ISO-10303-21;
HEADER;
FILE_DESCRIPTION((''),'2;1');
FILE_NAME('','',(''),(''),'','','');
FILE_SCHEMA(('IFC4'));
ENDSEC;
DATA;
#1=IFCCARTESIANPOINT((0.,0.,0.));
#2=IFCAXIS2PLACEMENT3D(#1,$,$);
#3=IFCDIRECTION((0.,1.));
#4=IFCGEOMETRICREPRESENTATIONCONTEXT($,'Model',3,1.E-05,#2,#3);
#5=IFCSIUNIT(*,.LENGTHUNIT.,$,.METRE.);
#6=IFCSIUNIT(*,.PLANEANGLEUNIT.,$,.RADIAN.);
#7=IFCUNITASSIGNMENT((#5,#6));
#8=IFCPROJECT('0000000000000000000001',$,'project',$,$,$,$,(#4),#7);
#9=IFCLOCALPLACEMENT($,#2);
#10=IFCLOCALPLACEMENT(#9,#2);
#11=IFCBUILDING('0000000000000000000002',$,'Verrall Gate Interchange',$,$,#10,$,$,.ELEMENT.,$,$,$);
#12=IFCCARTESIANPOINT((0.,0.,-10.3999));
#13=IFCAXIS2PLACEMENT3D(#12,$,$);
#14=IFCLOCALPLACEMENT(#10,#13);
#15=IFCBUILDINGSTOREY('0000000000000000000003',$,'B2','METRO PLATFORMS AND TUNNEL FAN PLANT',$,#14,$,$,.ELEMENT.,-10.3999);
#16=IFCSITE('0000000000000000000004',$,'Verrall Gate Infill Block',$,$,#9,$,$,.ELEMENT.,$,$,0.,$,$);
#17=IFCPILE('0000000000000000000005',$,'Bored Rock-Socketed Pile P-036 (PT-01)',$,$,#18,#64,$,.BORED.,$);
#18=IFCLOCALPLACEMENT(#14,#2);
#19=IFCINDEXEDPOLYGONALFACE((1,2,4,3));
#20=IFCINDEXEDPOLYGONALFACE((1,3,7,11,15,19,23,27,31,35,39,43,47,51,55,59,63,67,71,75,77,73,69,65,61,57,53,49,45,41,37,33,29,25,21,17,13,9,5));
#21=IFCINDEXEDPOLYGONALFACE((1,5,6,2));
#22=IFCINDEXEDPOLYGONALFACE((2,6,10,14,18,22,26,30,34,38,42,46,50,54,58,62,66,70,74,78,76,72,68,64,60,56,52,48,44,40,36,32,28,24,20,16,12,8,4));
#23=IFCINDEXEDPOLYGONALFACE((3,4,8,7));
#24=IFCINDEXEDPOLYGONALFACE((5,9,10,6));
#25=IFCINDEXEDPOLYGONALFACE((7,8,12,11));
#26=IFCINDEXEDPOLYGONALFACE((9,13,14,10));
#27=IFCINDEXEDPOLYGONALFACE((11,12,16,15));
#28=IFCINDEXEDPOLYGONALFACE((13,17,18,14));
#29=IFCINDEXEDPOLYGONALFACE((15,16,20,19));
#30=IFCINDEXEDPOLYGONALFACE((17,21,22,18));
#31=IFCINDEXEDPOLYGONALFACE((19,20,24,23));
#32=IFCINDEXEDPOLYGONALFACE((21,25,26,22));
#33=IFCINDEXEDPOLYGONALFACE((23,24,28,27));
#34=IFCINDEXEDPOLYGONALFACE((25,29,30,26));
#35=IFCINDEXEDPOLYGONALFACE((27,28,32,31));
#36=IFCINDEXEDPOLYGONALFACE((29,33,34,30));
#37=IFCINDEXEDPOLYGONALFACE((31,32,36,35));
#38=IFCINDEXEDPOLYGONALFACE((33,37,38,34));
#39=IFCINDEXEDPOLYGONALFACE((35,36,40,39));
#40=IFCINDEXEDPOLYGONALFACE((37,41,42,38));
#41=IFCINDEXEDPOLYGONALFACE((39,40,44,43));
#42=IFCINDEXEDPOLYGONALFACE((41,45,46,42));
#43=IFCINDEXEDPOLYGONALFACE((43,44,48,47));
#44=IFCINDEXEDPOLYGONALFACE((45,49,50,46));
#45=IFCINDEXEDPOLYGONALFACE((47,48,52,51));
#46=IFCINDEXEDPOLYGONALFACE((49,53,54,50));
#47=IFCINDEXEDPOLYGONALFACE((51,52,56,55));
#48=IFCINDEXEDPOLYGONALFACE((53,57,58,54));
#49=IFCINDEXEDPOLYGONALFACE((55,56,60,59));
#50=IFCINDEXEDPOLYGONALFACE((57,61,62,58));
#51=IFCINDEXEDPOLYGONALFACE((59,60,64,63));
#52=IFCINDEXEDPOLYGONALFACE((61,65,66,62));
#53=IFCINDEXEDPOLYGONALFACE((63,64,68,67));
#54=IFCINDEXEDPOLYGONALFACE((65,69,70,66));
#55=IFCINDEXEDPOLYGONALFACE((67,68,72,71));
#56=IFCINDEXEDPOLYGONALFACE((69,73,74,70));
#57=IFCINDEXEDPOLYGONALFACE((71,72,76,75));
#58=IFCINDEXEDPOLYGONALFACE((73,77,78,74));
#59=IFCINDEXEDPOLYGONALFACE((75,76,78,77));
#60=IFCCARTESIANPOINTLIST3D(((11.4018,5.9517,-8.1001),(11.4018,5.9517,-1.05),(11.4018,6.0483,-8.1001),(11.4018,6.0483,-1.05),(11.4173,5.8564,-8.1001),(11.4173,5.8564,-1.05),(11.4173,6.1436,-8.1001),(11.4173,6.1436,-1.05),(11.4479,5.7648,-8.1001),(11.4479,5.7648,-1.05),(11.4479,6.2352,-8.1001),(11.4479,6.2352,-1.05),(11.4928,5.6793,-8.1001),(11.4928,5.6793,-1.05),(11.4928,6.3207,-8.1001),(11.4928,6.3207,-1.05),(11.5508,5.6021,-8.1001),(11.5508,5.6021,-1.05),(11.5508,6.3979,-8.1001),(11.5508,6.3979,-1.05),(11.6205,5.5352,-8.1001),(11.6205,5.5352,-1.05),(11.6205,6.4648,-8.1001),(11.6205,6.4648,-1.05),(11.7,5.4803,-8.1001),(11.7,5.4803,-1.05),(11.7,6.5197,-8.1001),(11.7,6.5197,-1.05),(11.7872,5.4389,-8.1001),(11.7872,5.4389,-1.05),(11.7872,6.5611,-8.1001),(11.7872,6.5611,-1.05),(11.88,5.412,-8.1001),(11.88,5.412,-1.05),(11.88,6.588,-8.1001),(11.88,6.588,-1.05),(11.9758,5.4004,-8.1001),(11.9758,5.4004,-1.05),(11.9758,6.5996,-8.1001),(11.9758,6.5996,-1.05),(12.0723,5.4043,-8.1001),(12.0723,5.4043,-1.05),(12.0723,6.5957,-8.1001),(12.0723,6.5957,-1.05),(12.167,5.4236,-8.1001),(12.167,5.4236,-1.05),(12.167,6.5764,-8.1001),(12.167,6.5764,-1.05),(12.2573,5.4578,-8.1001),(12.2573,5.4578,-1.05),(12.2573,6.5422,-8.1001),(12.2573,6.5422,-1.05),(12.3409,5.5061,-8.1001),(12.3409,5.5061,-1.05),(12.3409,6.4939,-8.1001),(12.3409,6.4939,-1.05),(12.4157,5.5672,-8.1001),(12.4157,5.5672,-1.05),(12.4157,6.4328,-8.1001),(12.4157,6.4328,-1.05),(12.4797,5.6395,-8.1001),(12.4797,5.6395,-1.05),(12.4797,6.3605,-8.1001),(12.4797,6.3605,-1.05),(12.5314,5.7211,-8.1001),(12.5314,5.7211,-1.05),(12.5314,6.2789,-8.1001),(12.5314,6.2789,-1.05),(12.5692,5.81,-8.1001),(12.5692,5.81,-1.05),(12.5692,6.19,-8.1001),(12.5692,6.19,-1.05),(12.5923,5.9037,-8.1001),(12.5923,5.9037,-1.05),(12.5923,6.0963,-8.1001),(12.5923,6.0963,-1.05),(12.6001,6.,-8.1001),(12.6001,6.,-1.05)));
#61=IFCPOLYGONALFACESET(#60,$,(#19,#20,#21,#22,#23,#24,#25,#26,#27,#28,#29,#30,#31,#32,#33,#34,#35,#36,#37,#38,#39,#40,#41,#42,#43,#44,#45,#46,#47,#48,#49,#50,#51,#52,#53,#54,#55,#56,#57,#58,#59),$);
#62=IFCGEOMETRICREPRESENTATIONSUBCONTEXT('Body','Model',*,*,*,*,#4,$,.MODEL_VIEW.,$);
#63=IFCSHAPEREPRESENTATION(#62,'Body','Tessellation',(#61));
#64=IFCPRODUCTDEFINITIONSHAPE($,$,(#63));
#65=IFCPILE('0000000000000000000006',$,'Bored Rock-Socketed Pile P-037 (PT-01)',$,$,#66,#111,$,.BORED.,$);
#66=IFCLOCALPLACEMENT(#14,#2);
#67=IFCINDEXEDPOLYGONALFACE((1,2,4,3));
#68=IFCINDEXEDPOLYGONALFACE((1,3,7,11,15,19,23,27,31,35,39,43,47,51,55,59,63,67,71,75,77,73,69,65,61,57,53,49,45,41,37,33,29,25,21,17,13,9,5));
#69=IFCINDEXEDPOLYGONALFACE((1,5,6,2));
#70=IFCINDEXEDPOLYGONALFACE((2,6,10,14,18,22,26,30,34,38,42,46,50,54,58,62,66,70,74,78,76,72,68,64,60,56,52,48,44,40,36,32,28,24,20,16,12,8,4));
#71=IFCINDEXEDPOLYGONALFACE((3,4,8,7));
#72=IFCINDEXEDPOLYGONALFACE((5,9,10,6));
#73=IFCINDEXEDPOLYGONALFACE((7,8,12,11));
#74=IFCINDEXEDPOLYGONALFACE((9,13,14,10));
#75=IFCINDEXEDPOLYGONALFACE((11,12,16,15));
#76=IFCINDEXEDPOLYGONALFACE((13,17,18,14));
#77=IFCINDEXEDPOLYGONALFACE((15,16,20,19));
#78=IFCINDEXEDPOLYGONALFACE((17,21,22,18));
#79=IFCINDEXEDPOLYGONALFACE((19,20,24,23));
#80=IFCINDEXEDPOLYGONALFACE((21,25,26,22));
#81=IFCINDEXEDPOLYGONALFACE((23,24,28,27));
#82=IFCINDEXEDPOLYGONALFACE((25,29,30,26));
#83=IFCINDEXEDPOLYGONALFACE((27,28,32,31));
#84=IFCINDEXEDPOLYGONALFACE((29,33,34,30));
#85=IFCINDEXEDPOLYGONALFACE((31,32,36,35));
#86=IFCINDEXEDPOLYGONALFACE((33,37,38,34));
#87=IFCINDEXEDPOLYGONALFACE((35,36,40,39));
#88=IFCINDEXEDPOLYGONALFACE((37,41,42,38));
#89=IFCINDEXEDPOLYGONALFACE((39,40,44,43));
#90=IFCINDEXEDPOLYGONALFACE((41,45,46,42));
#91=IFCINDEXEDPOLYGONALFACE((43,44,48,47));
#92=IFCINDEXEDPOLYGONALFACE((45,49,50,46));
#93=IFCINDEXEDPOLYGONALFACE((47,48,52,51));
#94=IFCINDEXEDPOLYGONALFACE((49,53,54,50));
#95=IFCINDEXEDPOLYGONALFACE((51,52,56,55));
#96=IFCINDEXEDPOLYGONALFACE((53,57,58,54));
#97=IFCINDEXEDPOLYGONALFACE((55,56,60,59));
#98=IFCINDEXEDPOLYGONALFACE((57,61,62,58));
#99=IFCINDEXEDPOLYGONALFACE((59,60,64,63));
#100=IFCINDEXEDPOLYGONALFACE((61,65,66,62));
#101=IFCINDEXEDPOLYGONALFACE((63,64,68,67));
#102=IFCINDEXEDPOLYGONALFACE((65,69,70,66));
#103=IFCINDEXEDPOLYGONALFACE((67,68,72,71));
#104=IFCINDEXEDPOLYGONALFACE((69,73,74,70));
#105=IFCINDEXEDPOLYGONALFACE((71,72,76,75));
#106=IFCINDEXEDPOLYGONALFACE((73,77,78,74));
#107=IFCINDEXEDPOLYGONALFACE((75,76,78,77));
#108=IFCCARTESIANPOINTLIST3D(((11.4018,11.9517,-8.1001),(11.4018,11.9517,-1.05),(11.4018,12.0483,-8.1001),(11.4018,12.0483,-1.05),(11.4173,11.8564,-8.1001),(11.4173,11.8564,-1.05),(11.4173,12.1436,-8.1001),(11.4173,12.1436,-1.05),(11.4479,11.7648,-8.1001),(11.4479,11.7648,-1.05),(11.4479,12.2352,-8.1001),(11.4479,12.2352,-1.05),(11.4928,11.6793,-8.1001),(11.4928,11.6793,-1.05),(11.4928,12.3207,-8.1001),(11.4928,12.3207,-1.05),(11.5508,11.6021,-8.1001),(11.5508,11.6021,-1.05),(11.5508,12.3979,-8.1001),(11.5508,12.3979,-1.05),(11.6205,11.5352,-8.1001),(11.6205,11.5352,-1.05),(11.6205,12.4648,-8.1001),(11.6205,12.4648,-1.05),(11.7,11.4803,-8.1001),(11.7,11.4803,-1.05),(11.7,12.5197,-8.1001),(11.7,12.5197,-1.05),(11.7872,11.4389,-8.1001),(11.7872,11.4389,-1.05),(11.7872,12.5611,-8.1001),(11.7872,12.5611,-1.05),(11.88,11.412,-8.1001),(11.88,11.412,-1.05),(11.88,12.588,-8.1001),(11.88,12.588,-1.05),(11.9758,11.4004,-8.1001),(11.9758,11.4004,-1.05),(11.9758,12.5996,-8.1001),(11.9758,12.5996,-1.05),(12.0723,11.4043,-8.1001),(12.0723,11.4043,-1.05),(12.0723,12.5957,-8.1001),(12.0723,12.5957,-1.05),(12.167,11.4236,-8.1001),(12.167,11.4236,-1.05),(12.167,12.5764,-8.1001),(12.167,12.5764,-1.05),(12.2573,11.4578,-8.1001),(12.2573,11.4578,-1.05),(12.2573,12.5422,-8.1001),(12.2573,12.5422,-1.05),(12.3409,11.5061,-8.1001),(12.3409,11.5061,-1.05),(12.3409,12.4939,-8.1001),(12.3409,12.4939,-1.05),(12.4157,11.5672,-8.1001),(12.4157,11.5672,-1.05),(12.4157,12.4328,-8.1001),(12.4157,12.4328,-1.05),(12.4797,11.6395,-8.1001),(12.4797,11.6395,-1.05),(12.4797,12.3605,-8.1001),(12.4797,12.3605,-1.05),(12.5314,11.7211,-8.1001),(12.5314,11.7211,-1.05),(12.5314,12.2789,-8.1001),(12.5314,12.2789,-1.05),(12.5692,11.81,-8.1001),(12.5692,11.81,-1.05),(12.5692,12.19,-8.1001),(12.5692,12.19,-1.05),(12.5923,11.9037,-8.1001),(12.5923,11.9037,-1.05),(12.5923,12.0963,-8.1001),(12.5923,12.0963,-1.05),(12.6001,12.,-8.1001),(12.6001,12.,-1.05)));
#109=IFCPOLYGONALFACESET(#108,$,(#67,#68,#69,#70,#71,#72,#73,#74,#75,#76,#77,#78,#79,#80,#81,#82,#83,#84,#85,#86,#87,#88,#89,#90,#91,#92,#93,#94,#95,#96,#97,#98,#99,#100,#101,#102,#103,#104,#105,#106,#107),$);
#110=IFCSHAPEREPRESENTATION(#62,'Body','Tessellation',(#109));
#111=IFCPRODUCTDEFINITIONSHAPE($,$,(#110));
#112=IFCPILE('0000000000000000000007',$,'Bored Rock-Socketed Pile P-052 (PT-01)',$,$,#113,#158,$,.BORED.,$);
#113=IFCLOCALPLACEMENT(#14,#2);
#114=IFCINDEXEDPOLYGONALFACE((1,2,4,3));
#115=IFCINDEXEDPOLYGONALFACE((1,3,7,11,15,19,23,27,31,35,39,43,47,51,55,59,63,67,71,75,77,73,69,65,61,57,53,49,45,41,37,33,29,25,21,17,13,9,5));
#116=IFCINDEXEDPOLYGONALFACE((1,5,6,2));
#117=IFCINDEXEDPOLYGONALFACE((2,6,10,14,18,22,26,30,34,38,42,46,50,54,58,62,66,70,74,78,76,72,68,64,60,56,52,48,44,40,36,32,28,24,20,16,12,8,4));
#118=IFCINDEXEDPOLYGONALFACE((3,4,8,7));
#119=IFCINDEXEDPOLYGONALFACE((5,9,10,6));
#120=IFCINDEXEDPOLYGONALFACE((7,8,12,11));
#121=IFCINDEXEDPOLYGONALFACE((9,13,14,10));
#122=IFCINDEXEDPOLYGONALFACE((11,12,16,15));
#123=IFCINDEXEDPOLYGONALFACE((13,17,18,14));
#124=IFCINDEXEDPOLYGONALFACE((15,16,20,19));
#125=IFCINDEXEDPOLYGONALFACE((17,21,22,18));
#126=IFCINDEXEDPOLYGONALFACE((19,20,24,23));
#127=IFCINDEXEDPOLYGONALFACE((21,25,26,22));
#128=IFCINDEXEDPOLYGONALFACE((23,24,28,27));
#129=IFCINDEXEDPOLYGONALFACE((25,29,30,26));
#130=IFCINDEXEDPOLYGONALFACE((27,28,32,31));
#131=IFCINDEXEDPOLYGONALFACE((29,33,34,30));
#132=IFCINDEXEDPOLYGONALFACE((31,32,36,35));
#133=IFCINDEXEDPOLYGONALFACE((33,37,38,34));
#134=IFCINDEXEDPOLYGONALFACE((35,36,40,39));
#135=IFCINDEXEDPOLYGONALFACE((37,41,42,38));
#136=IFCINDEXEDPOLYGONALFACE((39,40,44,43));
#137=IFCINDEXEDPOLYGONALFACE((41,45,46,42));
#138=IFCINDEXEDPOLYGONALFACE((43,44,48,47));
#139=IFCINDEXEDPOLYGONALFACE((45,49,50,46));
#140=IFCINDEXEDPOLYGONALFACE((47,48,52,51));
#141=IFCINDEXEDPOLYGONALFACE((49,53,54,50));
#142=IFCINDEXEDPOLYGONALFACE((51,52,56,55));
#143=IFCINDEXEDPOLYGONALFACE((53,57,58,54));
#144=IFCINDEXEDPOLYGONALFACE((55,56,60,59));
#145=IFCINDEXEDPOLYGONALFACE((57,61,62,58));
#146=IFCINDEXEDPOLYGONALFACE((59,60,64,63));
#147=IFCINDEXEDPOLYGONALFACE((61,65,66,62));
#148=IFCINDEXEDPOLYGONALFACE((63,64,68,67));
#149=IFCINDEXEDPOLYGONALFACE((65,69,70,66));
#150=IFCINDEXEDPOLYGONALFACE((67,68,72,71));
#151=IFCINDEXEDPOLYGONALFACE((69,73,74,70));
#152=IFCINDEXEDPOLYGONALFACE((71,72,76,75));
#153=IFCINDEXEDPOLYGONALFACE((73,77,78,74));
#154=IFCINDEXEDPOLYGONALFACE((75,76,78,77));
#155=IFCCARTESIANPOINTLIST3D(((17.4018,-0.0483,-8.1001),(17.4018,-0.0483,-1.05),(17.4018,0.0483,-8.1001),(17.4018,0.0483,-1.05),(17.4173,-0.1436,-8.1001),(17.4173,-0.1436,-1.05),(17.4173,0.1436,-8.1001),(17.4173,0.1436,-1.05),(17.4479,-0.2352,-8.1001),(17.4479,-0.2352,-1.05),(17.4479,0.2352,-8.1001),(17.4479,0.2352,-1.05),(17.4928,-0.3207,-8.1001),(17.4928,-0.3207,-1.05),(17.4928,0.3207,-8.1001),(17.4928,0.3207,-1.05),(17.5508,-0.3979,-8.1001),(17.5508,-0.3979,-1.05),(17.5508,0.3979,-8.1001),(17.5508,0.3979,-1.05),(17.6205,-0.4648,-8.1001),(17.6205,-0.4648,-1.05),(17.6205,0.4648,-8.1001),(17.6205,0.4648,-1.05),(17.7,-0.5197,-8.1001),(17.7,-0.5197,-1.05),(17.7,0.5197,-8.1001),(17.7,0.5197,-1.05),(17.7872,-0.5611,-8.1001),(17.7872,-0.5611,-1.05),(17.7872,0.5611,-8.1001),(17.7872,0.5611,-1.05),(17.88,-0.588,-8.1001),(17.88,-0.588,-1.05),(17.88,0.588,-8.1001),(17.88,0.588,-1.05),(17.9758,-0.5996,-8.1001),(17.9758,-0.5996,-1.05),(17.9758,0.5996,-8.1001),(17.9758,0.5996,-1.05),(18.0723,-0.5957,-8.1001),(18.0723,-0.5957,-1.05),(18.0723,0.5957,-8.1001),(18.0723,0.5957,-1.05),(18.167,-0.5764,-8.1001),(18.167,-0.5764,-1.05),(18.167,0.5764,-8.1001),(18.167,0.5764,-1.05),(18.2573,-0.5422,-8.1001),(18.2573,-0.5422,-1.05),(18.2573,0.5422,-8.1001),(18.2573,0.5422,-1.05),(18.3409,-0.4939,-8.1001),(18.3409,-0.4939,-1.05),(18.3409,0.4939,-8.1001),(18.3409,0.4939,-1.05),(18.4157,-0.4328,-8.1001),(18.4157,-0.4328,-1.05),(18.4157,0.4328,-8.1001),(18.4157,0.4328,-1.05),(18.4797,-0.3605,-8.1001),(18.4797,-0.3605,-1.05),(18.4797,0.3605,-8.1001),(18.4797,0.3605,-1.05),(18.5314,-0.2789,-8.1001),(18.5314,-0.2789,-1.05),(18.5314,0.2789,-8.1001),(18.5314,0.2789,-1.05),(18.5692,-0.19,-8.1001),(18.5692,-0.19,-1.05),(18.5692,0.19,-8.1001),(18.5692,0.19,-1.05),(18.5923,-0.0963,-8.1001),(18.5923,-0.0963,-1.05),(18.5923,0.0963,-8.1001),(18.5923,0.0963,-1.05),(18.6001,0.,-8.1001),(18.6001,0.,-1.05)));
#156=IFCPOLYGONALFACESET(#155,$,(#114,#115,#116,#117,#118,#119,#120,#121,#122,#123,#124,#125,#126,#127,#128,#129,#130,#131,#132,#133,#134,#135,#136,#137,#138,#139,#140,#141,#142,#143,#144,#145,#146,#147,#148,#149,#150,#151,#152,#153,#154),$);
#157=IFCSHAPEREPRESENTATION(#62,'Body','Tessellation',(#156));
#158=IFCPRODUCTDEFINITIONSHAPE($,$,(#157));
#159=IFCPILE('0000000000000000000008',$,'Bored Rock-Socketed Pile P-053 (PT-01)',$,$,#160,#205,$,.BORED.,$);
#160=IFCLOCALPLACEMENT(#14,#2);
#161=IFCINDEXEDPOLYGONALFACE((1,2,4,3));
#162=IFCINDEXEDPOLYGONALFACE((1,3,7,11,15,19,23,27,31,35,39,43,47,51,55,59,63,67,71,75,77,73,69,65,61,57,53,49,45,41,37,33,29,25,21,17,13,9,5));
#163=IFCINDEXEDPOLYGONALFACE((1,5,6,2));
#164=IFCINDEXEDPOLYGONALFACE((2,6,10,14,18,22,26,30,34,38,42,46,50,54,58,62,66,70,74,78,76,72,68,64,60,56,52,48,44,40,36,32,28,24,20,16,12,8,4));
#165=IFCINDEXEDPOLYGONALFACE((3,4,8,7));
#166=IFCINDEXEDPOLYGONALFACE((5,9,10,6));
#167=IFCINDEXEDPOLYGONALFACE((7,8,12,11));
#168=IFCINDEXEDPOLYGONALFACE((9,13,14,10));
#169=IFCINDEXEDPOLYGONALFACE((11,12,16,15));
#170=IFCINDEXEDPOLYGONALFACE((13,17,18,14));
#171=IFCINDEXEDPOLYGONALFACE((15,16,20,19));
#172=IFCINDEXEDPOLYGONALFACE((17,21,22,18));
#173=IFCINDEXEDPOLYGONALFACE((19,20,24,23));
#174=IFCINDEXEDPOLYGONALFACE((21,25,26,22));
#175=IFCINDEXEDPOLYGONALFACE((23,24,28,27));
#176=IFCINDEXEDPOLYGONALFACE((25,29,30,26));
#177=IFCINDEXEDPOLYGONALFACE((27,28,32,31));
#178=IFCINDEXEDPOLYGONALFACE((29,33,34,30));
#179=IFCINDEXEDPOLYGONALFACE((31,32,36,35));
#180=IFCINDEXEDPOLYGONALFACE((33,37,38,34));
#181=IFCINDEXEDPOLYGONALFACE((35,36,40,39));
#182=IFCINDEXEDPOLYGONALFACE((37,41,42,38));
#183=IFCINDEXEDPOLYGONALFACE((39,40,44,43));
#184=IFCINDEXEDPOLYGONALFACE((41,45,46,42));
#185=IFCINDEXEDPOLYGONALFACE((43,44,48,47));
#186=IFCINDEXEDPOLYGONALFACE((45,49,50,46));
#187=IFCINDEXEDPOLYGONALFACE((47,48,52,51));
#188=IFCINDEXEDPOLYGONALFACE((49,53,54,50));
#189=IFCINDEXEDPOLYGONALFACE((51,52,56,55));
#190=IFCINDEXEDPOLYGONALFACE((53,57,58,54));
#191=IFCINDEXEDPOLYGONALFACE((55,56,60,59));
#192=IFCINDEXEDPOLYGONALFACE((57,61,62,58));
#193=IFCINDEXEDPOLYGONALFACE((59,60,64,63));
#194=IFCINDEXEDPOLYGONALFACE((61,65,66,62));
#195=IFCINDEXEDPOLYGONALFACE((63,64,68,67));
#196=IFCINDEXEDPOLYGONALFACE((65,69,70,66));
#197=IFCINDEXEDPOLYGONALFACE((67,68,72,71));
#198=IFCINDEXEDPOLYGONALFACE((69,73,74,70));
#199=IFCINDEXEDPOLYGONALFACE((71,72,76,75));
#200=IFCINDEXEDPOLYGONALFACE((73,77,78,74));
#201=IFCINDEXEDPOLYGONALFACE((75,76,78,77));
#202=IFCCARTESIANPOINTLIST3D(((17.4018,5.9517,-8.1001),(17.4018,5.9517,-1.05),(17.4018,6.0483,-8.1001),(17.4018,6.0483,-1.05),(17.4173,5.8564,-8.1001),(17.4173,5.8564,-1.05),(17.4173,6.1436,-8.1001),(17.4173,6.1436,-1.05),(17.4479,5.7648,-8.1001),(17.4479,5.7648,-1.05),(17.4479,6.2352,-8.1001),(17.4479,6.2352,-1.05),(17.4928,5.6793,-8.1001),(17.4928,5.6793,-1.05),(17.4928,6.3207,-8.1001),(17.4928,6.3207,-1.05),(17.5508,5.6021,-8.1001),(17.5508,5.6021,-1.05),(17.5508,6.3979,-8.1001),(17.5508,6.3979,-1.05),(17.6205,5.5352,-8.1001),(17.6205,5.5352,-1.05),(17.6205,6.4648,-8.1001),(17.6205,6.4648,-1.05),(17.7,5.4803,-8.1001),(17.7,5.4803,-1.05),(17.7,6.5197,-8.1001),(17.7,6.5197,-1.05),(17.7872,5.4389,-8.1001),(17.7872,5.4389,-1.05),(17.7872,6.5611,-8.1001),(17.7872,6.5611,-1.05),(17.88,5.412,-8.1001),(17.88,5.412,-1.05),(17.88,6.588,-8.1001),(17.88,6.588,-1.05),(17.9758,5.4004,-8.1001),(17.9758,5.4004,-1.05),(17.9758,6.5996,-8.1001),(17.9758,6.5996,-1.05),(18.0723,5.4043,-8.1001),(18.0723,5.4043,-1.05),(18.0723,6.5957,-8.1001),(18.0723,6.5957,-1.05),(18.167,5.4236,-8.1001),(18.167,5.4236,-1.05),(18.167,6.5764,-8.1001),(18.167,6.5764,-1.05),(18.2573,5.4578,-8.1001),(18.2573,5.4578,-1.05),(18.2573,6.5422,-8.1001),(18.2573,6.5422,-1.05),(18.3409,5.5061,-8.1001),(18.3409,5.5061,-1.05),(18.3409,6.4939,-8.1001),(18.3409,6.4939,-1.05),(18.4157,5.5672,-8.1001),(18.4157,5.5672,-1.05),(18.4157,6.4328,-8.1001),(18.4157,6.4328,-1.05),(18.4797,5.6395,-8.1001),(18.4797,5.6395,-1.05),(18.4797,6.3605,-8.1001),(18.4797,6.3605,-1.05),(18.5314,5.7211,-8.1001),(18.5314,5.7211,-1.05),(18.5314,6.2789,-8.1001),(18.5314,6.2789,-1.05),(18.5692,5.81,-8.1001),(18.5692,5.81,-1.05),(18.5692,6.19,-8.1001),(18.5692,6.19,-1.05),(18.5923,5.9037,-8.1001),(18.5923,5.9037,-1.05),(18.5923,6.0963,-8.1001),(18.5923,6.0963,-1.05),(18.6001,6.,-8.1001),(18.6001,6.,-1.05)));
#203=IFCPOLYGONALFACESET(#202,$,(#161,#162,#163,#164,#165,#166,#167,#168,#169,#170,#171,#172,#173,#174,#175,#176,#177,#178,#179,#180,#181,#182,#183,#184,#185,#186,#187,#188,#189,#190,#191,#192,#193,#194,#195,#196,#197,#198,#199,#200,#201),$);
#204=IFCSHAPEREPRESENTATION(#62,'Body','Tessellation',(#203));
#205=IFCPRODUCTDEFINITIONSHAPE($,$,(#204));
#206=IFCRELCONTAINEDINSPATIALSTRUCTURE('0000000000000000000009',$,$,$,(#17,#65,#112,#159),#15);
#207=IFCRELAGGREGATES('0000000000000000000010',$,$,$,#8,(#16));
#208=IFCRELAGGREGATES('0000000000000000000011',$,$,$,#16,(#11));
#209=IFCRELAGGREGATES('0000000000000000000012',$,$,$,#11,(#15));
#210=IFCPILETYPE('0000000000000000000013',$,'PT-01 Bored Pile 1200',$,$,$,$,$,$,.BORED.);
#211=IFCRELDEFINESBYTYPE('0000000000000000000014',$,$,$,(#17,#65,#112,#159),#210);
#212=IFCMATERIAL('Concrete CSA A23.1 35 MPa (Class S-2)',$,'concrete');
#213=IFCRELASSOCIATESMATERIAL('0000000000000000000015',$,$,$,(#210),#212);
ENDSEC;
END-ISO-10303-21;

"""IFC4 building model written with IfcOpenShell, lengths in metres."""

from ifc_helpers import new_model, si_unit, direction, frame, origin, origin_2d, place, context, subcontext, project, spatial, circle, extrude, material, material_profile, profile_set, type_object, element, save


model = new_model("IFC4")

# Units and contexts
model_context = context("Model", 3, precision=1e-05, world=origin(), true_north=direction((0.0, 1.0)))
body_context = subcontext(model_context, "Body", "Model", "MODEL_VIEW")
ifc_project = project(units=[si_unit("LENGTHUNIT", "METRE"), si_unit("PLANEANGLEUNIT", "RADIAN")], contexts=[model_context])

# Site, building, storey
site_placement = place(None, origin())
site = spatial("IfcSite", under=ifc_project, at=site_placement, Name="Verrall Gate Infill Block", CompositionType="ELEMENT", RefElevation=0.0)
building_placement = place(site_placement, origin())
building = spatial("IfcBuilding", under=site, at=building_placement, Name="Verrall Gate Interchange", CompositionType="ELEMENT")
storey_placement = place(building_placement, frame((0.0, 0.0, -10.3999)))
storey = spatial("IfcBuildingStorey", under=building, at=storey_placement, Name="B2", Description="METRO PLATFORMS AND TUNNEL FAN PLANT", CompositionType="ELEMENT", Elevation=-10.3999)

# Piles
ifc_material_1 = material(Name="Concrete CSA A23.1 35 MPa (Class S-2)", Category="concrete")
ifc_material_profile_1 = material_profile(ifc_material_1, circle(Radius=0.6001, at=origin_2d()), Name="PILE1200D")
ifc_profile_set_1 = profile_set([ifc_material_profile_1], Name="Concrete CSA A23.1 35 MPa (Class S-2)")
pile_type = type_object("IfcPileType", Name="PT-01 Bored Pile 1200", PredefinedType="BORED", material=ifc_profile_set_1)
for number, where, z_axis, x_axis, name in (
    (1, (12.0, 6.0, -1.05), (0.0, 0.0, -1.0), (1.0, 0.0, 0.0), "Bored Rock-Socketed Pile P-036 (PT-01)"),
    (2, (12.0, 12.0, -1.05), (0.0, 0.0, -1.0), (1.0, 0.0, 0.0), "Bored Rock-Socketed Pile P-037 (PT-01)"),
    (3, (18.0, 0.0, -1.05), (0.0, 0.0, -1.0), (1.0, 0.0, 0.0), "Bored Rock-Socketed Pile P-052 (PT-01)"),
    (4, (18.0, 6.0, -1.05), (0.0, 0.0, -1.0), (1.0, 0.0, 0.0), "Bored Rock-Socketed Pile P-053 (PT-01)"),
):
    element("IfcPile", number, at=place(storey_placement, frame(where, z_axis=z_axis, x_axis=x_axis)), inside=storey, type_object=pile_type, Name=name, PredefinedType="BORED", context=body_context, shape_type="SweptSolid", body=[
        extrude(circle(Radius=0.6001, at=origin_2d()), origin(), (0.0, 0.0, 1.0), 7.05),
    ])

save(model, "model.ifc")
